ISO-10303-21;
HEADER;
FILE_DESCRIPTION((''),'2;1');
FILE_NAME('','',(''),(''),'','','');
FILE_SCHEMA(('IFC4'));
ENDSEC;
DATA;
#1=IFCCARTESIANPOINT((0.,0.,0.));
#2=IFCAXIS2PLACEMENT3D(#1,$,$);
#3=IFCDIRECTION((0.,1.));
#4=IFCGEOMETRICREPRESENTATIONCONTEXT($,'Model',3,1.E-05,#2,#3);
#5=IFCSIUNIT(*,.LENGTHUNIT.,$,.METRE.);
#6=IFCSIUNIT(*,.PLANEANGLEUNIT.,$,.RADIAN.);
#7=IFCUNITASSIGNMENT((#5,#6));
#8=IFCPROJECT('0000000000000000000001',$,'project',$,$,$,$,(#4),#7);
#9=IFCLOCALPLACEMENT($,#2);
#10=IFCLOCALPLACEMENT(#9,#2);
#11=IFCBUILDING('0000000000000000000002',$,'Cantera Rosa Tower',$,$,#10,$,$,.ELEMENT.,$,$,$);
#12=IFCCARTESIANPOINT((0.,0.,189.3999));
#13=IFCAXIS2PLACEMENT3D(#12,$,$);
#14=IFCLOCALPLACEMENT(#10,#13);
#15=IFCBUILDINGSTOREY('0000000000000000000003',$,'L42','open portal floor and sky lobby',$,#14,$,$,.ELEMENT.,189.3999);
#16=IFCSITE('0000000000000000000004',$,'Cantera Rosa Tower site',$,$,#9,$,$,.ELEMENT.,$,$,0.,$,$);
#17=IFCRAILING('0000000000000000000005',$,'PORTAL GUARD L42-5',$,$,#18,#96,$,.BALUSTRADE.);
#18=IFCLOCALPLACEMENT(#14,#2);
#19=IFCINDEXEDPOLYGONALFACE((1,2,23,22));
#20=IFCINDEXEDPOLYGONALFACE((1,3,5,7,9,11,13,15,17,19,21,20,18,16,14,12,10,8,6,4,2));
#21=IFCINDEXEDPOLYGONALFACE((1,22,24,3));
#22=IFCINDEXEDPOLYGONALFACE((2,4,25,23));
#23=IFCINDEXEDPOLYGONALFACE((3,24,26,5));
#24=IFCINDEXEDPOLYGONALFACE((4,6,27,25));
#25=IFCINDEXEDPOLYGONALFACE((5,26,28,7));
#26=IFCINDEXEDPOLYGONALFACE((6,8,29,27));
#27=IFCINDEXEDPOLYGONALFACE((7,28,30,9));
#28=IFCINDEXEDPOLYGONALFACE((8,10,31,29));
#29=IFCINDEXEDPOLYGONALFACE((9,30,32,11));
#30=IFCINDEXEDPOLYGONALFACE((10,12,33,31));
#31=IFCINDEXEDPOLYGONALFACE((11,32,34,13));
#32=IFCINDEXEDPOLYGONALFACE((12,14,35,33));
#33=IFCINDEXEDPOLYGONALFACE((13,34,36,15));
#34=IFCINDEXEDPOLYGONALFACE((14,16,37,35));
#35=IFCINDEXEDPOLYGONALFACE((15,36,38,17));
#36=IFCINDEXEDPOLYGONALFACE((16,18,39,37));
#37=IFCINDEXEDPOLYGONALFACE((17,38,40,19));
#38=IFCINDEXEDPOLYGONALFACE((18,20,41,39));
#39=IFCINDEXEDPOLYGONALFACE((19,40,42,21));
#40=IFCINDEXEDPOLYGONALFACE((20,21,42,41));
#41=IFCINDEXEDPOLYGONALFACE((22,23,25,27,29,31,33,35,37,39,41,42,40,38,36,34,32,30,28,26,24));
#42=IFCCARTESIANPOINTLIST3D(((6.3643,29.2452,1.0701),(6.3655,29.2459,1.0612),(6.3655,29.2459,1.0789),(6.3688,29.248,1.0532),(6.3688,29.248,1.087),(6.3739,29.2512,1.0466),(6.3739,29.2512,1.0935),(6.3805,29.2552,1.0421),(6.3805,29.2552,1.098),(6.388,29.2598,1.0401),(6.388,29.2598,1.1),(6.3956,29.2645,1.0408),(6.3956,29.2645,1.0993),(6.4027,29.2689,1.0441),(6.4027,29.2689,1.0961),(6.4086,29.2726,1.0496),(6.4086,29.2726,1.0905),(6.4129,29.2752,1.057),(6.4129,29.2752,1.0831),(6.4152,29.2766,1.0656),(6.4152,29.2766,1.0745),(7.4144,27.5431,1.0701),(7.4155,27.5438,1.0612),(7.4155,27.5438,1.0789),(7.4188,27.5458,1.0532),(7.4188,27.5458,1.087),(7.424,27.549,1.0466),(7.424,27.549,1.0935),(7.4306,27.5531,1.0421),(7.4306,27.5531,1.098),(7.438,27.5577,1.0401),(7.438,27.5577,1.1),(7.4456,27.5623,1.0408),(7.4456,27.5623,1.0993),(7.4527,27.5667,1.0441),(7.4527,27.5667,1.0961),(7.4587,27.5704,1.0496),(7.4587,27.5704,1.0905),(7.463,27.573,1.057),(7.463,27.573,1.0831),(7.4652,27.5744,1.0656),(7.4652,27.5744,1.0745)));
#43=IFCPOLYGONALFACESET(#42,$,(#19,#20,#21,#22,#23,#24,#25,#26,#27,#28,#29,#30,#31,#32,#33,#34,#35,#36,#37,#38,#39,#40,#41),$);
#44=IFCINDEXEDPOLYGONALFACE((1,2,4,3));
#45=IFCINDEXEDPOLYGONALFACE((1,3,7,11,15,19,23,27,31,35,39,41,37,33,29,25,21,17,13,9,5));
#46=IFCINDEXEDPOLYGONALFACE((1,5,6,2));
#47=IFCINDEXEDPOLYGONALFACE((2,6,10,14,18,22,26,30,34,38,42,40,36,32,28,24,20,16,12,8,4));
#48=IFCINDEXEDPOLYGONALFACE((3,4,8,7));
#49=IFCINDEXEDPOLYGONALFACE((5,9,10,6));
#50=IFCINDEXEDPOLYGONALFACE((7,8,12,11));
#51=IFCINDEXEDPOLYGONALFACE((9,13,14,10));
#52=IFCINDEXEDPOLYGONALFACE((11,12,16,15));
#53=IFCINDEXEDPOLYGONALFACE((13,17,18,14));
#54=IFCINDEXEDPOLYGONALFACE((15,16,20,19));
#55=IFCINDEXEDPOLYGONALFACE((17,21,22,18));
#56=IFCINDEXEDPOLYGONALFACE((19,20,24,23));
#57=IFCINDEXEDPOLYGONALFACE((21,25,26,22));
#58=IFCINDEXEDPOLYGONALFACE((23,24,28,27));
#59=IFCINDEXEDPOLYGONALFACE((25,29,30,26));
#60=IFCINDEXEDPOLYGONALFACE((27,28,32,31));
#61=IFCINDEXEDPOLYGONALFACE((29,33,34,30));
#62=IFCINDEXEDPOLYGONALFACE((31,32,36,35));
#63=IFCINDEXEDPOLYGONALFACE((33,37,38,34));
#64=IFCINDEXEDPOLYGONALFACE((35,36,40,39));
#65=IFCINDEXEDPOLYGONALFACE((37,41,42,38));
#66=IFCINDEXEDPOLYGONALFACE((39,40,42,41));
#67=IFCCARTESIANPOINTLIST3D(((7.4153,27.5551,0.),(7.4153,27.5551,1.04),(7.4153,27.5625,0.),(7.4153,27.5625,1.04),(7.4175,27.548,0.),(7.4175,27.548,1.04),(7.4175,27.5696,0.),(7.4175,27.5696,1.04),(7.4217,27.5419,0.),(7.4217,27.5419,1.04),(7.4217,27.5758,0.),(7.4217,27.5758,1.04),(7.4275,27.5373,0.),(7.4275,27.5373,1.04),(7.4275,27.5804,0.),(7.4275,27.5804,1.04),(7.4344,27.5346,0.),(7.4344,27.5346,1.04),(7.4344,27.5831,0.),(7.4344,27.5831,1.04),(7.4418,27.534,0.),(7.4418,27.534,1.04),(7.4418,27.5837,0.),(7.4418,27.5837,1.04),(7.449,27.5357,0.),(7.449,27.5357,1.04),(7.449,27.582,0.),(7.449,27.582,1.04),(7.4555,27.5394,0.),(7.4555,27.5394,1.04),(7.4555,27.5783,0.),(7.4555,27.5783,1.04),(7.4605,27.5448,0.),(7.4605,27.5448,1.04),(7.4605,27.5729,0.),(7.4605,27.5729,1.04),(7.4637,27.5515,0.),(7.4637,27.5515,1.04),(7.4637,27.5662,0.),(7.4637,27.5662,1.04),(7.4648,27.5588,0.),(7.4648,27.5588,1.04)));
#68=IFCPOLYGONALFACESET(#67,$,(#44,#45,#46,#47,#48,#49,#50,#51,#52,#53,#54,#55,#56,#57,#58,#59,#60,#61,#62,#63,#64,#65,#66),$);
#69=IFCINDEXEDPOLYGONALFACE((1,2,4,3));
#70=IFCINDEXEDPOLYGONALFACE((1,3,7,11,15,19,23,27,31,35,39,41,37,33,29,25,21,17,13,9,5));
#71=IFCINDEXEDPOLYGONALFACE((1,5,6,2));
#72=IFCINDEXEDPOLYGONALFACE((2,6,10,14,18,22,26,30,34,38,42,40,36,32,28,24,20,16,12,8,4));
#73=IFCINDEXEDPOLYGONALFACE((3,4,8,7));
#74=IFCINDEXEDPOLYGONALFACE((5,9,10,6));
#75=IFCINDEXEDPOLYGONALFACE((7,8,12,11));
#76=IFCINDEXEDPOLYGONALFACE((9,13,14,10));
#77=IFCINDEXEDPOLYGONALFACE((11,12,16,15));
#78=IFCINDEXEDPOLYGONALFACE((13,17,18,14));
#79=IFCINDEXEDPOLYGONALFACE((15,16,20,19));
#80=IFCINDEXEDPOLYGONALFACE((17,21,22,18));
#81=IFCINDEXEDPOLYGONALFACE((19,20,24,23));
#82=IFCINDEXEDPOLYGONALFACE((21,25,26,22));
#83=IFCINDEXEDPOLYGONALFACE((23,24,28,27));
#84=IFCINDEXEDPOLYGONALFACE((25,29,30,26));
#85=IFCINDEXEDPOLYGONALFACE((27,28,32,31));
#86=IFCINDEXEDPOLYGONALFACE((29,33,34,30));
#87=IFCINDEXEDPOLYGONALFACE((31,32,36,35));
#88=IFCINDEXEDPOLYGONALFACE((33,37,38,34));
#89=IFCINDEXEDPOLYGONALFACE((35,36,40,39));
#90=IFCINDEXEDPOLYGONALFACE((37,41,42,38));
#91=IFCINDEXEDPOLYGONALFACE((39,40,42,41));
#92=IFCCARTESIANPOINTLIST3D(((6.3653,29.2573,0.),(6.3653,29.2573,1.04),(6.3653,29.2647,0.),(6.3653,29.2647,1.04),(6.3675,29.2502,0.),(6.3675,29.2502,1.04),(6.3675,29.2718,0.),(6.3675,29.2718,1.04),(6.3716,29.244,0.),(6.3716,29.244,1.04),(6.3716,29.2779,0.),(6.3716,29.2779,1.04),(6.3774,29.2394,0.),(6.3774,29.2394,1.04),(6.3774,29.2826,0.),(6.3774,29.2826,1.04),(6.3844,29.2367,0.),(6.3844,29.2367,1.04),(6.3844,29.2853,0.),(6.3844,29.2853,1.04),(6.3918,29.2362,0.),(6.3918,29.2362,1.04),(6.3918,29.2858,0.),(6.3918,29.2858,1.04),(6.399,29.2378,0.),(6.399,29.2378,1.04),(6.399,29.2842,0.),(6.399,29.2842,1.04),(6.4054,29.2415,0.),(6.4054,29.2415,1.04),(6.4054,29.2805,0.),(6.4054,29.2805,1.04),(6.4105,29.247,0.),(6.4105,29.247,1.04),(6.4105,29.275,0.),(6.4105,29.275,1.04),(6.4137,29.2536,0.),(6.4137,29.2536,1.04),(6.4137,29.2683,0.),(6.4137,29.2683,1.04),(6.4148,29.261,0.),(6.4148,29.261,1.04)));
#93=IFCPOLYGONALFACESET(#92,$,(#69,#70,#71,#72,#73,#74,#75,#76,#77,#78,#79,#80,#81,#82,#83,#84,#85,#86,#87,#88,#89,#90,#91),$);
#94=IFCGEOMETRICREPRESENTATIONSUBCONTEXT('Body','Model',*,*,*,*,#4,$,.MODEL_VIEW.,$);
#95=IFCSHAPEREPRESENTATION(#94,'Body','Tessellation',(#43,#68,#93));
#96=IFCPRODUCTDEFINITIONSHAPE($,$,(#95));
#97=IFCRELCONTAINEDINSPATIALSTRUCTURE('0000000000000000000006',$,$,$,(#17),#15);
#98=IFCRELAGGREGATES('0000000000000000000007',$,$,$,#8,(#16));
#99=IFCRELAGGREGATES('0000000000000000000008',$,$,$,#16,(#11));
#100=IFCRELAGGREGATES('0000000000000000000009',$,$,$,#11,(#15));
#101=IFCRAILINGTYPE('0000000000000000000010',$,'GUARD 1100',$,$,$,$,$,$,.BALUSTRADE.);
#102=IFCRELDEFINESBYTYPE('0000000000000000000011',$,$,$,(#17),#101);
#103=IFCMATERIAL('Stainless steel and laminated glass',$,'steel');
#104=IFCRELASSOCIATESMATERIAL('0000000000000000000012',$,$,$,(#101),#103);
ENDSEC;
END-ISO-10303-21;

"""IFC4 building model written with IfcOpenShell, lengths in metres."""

from ifc_helpers import new_model, si_unit, direction, frame, origin, origin_2d, place, context, subcontext, project, spatial, circle, extrude, material, type_object, element, save


model = new_model("IFC4")

# Units and contexts
model_context = context("Model", 3, precision=1e-05, world=origin(), true_north=direction((0.0, 1.0)))
body_context = subcontext(model_context, "Body", "Model", "MODEL_VIEW")
ifc_project = project(units=[si_unit("LENGTHUNIT", "METRE"), si_unit("PLANEANGLEUNIT", "RADIAN")], contexts=[model_context])

# Site, building, storey
site_placement = place(None, origin())
site = spatial("IfcSite", under=ifc_project, at=site_placement, Name="Cantera Rosa Tower site", CompositionType="ELEMENT", RefElevation=0.0)
building_placement = place(site_placement, origin())
building = spatial("IfcBuilding", under=site, at=building_placement, Name="Cantera Rosa Tower", CompositionType="ELEMENT")
storey_placement = place(building_placement, frame((0.0, 0.0, 189.3999)))
storey = spatial("IfcBuildingStorey", under=building, at=storey_placement, Name="L42", Description="open portal floor and sky lobby", CompositionType="ELEMENT", Elevation=189.3999)

# Railing
ifc_material_1 = material(Name="Stainless steel and laminated glass", Category="steel")
railing_type_1 = type_object("IfcRailingType", Name="GUARD 1100", PredefinedType="BALUSTRADE", material=ifc_material_1)
railing_1_placement = place(storey_placement, frame((7.4399, 27.5588, 0.0)))
element("IfcRailing", 1, at=railing_1_placement, inside=storey, type_object=railing_type_1, Name="PORTAL GUARD L42-5", PredefinedType="BALUSTRADE", context=body_context, shape_type="SweptSolid", body=[
    extrude(circle(Radius=0.03, at=origin_2d()), frame((0.0, 0.0, 1.0701), z_axis=(-0.52503, 0.851084, 0.0), x_axis=(-0.851084, -0.52503, 0.0)), (0.0, 0.0, 1.0), 2.0),
    extrude(circle(Radius=0.0249, at=origin_2d()), origin(), (0.0, 0.0, 1.0), 1.04),
    extrude(circle(Radius=0.0249, at=origin_2d()), frame((-1.05, 1.7021, 0.0)), (0.0, 0.0, 1.0), 1.04),
])

save(model, "model.ifc")
